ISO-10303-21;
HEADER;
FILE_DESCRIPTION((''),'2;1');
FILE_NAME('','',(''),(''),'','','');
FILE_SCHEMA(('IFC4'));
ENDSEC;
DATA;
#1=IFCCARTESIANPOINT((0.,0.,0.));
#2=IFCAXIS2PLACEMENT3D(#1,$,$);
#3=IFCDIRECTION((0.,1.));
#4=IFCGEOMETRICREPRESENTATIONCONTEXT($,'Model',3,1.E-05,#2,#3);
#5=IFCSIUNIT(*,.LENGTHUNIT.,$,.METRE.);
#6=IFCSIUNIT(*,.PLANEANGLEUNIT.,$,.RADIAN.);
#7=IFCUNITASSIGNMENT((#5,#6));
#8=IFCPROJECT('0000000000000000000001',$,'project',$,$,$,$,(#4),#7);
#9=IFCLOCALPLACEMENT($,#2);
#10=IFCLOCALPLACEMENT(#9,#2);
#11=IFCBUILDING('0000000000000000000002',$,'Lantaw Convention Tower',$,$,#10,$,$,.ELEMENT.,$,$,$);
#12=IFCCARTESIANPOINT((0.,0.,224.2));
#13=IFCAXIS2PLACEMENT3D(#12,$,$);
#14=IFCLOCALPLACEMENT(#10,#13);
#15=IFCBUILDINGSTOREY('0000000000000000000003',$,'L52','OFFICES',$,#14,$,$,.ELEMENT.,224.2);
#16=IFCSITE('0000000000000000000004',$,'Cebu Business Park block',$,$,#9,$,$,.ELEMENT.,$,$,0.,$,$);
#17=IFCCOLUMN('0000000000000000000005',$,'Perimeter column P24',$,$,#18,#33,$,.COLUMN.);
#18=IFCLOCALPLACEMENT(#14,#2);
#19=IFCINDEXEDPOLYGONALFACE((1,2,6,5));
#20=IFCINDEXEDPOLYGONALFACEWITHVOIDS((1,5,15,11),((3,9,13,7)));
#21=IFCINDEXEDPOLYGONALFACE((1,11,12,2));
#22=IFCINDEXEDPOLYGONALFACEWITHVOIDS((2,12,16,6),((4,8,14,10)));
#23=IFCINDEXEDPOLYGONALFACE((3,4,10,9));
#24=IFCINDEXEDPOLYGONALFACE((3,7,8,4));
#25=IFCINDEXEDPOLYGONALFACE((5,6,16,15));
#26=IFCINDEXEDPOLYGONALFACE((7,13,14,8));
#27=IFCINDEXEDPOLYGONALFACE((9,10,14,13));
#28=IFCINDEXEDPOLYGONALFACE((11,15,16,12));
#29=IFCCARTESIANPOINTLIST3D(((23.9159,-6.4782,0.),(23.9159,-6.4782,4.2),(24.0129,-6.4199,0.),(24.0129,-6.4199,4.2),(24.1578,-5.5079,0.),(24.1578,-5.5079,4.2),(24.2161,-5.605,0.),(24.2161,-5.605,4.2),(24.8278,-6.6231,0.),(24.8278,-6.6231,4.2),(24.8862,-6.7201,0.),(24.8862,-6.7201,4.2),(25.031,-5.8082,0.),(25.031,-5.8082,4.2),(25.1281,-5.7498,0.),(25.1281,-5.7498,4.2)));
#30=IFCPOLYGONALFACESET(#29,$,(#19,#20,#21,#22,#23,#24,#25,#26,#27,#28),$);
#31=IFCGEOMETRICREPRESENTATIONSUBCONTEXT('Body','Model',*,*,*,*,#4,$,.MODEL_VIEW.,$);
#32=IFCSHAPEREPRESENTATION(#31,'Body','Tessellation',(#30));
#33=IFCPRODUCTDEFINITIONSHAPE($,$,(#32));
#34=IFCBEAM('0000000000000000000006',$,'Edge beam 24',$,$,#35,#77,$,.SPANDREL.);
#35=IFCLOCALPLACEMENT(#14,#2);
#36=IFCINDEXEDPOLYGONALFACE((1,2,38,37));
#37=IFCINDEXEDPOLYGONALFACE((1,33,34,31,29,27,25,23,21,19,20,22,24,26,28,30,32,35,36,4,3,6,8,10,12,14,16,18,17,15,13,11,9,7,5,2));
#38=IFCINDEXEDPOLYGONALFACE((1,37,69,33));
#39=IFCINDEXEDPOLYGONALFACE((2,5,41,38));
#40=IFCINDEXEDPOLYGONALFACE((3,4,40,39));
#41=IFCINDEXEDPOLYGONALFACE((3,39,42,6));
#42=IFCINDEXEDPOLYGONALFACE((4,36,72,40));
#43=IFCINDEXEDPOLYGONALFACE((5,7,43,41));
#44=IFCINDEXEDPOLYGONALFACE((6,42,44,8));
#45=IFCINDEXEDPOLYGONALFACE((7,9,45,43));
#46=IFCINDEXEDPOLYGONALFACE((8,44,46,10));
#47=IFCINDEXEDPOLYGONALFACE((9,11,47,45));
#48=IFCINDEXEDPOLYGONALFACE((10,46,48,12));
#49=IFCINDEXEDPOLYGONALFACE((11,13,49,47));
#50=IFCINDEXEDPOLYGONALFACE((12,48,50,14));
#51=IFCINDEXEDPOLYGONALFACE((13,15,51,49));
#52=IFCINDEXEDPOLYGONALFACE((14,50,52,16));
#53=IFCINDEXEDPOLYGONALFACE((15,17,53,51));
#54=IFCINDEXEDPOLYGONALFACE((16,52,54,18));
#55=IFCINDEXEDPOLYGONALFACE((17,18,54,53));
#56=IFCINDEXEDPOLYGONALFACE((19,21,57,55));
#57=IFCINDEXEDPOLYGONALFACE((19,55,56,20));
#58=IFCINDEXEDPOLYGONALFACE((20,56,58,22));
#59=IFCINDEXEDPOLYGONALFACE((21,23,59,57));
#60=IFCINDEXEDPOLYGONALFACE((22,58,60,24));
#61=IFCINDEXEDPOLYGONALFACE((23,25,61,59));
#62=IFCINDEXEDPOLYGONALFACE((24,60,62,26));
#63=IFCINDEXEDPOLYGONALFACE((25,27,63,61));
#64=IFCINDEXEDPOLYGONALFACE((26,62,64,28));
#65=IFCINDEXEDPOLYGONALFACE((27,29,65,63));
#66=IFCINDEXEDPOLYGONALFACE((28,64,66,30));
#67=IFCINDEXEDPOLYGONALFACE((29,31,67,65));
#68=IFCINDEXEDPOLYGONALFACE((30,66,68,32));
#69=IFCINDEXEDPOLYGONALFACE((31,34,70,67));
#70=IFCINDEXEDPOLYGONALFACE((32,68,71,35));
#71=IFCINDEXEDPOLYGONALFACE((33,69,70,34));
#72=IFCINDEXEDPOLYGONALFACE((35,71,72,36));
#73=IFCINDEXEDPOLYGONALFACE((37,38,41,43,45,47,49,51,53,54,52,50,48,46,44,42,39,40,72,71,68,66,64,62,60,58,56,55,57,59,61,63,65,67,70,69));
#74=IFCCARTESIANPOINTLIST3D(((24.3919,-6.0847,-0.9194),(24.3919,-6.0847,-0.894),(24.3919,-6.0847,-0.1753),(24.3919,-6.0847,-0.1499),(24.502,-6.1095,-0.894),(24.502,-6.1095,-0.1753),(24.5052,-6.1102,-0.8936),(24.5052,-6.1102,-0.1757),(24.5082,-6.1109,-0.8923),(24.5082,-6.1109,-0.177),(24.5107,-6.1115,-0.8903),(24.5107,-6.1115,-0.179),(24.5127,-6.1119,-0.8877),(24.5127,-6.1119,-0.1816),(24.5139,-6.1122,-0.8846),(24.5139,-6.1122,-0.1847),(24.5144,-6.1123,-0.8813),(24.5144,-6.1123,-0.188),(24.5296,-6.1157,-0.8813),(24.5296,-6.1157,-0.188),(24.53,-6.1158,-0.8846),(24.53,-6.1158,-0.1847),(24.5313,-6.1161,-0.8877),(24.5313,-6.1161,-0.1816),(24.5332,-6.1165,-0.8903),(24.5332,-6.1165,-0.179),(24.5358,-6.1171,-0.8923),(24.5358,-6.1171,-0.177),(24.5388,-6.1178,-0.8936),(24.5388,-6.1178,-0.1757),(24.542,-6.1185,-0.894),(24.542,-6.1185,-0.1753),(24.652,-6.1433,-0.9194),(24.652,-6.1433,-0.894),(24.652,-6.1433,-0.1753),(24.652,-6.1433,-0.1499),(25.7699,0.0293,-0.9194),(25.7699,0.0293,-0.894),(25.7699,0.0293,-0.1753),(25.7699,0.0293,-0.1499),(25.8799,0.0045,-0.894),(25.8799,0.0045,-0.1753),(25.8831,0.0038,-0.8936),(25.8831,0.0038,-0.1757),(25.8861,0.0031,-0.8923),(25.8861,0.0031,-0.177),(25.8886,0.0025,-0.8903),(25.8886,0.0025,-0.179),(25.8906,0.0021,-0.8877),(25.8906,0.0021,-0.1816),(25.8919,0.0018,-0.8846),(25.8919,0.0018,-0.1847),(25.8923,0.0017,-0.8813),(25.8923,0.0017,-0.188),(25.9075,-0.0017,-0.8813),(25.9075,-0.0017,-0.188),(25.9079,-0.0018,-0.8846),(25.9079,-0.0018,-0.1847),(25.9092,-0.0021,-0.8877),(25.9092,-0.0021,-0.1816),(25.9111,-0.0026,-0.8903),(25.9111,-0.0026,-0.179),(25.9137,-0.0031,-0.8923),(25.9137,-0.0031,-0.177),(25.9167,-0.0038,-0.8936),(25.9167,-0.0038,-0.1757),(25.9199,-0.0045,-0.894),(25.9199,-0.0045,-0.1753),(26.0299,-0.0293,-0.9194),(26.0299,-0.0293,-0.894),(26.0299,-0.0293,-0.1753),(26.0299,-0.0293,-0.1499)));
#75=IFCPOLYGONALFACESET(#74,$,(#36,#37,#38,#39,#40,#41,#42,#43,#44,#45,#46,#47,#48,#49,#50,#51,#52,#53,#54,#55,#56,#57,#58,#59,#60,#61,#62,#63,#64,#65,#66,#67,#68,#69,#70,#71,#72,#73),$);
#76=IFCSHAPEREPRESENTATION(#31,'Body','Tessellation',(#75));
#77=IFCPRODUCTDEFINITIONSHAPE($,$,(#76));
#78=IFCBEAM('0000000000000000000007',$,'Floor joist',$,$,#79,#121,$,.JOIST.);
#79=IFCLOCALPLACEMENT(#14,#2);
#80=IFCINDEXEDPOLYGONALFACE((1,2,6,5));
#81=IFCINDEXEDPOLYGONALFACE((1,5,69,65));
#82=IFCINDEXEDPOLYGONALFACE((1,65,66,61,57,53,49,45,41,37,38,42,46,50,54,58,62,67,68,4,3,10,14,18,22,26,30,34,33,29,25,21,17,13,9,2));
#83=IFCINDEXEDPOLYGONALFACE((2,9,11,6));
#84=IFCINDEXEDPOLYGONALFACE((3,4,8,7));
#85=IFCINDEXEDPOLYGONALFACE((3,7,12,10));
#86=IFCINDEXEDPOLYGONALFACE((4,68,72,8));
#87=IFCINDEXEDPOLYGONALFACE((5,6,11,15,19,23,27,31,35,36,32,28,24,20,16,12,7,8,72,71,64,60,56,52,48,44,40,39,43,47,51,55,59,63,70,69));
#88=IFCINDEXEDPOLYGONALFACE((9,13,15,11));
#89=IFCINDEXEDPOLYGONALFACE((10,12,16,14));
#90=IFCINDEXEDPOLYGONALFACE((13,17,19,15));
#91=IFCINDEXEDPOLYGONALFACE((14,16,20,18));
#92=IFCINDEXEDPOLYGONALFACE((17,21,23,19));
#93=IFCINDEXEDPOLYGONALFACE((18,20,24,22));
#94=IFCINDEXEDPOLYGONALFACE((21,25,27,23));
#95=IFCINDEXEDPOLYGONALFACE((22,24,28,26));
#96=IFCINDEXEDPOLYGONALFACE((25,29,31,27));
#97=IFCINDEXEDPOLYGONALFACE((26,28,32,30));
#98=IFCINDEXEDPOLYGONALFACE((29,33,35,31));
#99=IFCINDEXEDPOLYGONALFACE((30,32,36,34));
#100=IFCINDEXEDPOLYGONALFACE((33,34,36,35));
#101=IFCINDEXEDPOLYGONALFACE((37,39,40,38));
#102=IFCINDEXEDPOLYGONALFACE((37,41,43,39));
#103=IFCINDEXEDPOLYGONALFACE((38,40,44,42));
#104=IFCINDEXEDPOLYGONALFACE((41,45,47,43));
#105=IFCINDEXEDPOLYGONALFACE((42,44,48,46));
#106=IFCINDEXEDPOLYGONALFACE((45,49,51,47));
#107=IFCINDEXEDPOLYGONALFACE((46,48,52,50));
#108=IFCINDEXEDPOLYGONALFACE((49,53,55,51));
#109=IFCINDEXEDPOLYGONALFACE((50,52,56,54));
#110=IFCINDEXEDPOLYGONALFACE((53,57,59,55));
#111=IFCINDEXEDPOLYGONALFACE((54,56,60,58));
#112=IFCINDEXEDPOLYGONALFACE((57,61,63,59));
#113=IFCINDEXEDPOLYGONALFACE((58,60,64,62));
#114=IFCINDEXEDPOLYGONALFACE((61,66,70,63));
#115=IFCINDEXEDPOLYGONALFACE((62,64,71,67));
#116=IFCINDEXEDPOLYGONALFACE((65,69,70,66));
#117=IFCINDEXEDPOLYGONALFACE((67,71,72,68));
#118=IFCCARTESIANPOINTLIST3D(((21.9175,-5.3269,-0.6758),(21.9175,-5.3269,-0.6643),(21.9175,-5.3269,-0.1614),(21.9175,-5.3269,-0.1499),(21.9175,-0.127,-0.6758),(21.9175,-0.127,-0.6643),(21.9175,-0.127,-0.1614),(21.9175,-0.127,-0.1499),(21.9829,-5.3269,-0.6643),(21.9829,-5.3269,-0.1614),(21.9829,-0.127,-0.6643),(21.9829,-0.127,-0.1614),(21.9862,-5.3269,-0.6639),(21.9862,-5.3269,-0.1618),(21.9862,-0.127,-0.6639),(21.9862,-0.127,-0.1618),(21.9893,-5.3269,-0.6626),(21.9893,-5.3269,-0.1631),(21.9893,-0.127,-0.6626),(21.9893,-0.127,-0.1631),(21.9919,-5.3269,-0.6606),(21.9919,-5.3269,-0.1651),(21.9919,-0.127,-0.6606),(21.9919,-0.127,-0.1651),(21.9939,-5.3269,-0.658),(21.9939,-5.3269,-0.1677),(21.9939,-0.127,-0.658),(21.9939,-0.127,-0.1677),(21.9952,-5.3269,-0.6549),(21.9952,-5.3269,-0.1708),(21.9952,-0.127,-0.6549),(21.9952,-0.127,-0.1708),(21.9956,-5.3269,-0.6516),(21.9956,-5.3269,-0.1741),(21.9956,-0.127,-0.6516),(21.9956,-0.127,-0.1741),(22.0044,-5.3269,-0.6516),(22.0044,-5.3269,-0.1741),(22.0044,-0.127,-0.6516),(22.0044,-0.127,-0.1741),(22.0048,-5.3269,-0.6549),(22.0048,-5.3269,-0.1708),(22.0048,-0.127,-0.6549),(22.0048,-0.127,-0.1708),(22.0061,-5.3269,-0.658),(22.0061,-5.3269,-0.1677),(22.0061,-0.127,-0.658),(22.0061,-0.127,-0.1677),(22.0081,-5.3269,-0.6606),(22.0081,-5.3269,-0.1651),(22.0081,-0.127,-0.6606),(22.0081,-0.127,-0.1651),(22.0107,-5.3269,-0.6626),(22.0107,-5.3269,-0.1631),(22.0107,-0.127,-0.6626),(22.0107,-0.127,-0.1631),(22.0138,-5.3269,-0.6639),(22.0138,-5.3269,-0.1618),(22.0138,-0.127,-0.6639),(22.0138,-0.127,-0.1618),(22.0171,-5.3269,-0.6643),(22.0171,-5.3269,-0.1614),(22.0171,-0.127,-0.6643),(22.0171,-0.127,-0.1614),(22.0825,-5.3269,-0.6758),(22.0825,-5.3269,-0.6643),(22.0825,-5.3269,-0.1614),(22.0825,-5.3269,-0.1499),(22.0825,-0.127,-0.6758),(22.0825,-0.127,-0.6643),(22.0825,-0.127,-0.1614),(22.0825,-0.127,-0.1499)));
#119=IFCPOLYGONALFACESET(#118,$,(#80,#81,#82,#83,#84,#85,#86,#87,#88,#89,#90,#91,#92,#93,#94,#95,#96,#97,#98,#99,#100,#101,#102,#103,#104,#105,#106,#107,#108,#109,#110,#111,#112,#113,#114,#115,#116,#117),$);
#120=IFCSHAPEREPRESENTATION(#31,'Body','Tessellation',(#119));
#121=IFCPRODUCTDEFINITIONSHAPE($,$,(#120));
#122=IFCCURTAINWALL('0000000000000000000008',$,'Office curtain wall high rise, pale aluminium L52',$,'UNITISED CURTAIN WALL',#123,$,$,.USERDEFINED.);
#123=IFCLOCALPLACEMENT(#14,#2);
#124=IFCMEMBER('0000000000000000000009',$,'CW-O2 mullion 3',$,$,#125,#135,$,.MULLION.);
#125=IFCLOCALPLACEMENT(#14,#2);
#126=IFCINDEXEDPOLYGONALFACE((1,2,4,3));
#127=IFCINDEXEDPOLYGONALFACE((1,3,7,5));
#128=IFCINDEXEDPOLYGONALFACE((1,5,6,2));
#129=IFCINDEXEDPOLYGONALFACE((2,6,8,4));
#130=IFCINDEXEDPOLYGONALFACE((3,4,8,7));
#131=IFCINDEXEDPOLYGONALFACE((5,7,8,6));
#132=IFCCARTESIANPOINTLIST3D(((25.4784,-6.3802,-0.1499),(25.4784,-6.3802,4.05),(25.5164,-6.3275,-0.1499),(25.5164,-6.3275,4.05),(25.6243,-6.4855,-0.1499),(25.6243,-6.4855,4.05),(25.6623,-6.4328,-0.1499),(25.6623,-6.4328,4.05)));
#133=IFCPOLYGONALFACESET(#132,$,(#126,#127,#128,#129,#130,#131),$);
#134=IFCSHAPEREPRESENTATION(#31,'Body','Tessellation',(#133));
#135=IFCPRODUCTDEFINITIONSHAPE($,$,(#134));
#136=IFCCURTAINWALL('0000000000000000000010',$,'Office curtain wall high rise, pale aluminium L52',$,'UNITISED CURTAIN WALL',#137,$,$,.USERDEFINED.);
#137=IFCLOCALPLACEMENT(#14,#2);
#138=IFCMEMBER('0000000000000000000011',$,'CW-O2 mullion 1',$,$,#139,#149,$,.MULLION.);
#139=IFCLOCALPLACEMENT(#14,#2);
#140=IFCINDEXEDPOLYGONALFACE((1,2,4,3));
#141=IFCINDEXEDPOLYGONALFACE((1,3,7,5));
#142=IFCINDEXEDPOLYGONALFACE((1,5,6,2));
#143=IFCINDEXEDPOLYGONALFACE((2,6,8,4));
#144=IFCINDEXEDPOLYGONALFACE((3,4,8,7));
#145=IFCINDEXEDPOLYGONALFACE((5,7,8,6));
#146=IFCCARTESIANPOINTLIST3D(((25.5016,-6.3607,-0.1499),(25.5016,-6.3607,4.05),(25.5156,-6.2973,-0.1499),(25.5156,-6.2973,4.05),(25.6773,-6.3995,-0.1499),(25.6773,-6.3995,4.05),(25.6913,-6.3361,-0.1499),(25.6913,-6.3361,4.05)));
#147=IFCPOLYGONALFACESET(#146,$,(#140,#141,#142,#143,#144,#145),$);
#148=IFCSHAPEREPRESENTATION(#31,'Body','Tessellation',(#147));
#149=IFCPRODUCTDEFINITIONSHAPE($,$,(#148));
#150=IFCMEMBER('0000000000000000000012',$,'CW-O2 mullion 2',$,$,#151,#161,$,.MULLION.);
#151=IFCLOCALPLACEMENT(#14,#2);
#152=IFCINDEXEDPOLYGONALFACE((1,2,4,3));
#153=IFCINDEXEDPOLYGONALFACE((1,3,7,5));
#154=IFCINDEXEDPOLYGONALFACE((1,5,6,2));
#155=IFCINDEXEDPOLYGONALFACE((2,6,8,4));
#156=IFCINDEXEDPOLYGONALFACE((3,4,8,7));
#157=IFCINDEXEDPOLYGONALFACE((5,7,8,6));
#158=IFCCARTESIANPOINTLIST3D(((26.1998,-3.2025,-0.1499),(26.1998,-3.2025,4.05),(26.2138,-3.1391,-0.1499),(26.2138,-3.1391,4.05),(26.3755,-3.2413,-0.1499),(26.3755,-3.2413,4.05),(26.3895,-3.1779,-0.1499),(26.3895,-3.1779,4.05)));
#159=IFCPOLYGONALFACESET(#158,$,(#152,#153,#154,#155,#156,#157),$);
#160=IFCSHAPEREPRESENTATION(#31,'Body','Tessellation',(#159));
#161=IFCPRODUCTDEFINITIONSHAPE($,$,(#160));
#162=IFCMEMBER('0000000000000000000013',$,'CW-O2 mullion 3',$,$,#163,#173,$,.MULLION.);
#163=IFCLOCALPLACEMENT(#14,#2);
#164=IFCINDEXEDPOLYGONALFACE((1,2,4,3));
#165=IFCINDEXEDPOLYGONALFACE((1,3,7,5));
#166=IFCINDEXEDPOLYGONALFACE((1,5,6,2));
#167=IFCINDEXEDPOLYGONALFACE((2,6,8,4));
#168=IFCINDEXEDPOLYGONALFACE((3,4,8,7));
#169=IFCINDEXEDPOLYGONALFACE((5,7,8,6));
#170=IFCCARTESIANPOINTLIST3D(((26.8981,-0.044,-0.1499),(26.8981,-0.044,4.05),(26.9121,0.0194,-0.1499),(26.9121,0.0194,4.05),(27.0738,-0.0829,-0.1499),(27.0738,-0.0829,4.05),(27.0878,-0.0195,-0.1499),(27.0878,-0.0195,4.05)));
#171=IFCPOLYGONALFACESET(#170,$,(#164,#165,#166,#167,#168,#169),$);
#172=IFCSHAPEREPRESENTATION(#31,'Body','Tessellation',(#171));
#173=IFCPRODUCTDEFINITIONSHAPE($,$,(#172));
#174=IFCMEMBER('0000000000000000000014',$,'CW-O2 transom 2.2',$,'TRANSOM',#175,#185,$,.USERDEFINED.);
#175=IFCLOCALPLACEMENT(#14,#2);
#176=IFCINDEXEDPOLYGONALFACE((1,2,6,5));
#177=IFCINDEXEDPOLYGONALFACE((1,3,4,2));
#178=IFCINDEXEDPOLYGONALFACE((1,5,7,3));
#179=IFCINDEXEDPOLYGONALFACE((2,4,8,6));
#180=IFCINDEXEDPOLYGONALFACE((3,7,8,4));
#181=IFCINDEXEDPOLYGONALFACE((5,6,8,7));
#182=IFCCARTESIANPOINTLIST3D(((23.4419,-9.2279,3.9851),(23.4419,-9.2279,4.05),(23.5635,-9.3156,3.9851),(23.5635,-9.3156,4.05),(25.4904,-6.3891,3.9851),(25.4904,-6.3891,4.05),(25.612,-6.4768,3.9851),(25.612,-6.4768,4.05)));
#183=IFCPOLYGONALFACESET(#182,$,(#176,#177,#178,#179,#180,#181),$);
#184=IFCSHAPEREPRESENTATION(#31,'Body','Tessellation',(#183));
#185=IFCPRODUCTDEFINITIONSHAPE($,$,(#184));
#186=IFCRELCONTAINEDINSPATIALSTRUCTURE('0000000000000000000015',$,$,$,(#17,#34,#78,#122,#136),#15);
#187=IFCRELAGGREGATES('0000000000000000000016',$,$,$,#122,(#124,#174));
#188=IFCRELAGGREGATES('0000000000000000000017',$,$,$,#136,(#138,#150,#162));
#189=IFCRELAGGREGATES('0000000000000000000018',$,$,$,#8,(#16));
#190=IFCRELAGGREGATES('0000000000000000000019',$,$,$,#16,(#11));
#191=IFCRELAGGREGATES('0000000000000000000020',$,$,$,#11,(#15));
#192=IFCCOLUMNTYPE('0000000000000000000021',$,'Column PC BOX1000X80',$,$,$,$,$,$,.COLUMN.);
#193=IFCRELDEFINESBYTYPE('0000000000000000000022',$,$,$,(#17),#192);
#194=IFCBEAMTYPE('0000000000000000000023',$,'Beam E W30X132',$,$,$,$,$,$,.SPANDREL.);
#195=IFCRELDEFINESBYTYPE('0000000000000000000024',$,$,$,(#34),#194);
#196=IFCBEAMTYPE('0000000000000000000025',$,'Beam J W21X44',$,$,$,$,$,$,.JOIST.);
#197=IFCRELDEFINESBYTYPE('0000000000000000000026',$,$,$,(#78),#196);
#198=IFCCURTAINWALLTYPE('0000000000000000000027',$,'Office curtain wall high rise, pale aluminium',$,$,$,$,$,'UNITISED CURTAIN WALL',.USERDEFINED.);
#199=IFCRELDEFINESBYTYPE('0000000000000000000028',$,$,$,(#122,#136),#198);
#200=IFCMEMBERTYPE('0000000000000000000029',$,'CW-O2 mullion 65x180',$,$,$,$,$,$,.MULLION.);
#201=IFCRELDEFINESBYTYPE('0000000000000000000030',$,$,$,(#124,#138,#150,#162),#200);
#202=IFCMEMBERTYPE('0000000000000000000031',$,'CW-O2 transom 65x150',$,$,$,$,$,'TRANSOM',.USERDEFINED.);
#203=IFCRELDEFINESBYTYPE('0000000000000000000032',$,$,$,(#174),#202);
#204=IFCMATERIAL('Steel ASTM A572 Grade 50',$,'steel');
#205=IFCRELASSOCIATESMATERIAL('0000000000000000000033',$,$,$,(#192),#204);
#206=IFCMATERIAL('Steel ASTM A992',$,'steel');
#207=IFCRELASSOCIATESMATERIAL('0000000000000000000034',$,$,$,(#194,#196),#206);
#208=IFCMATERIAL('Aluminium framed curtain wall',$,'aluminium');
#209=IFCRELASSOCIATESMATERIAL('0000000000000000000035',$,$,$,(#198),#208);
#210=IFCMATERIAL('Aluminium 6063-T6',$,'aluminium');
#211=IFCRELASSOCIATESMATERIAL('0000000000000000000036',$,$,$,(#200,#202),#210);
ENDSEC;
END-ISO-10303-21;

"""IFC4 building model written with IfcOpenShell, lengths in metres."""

from ifc_helpers import new_model, si_unit, direction, frame, origin, origin_2d, place, context, subcontext, project, spatial, rectangle, hollow_rectangle, i_section, extrude, material, material_profile, profile_set, type_object, element, aggregate, save


model = new_model("IFC4")

# Units and contexts
model_context = context("Model", 3, precision=1e-05, world=origin(), true_north=direction((0.0, 1.0)))
body_context = subcontext(model_context, "Body", "Model", "MODEL_VIEW")
ifc_project = project(units=[si_unit("LENGTHUNIT", "METRE"), si_unit("PLANEANGLEUNIT", "RADIAN")], contexts=[model_context])

# Site, building, storey
site_placement = place(None, origin())
site = spatial("IfcSite", under=ifc_project, at=site_placement, Name="Cebu Business Park block", CompositionType="ELEMENT", RefElevation=0.0)
building_placement = place(site_placement, origin())
building = spatial("IfcBuilding", under=site, at=building_placement, Name="Lantaw Convention Tower", CompositionType="ELEMENT")
storey_placement = place(building_placement, frame((0.0, 0.0, 224.2)))
storey = spatial("IfcBuildingStorey", under=building, at=storey_placement, Name="L52", Description="OFFICES", CompositionType="ELEMENT", Elevation=224.2)

# Column
ifc_material_1 = material(Name="Steel ASTM A572 Grade 50", Category="steel")
ifc_material_profile_1 = material_profile(ifc_material_1, hollow_rectangle(XDim=1.0, YDim=1.0, WallThickness=0.0801, at=origin_2d()), Name="BOX1000X80")
ifc_material_2 = material(Name="Concrete C60/75", Category="concrete")
ifc_material_profile_2 = material_profile(ifc_material_2, rectangle(XDim=0.8401, YDim=0.8401, at=origin_2d()), Name="Concrete fill of BOX1000X80")
ifc_profile_set_1 = profile_set([ifc_material_profile_1, ifc_material_profile_2], Name="Steel ASTM A572 Grade 50")
column_type = type_object("IfcColumnType", Name="Column PC BOX1000X80", PredefinedType="COLUMN", material=ifc_profile_set_1)
column_placement = place(storey_placement, frame((24.522, -6.114, 0.0), z_axis=(0.0, 0.0, 1.0), x_axis=(0.241922, 0.970296, 0.0)))
element("IfcColumn", 1, at=column_placement, inside=storey, type_object=column_type, Name="Perimeter column P24", PredefinedType="COLUMN", context=body_context, shape_type="SweptSolid", body=[
    extrude(hollow_rectangle(XDim=1.0, YDim=1.0, WallThickness=0.0801, at=origin_2d()), origin(), (0.0, 0.0, 1.0), 4.2),
])

# Beams
ifc_material_3 = material(Name="Steel ASTM A992", Category="steel")
ifc_material_profile_3 = material_profile(ifc_material_3, i_section(OverallWidth=0.2666, OverallDepth=0.7695, WebThickness=0.0156, FlangeThickness=0.0254, FilletRadius=0.0127, at=origin_2d()), Name="W30X132")
ifc_profile_set_2 = profile_set([ifc_material_profile_3], Name="Steel ASTM A992")
beam_type_1 = type_object("IfcBeamType", Name="Beam E W30X132", PredefinedType="SPANDREL", material=ifc_profile_set_2)
beam_1_placement = place(storey_placement, frame((24.522, -6.114, -0.5347), z_axis=(0.219858, 0.975532, 0.0), x_axis=(-0.975532, 0.219858, 0.0)))
element("IfcBeam", 2, at=beam_1_placement, inside=storey, type_object=beam_type_1, Name="Edge beam 24", PredefinedType="SPANDREL", context=body_context, shape_type="SweptSolid", body=[
    extrude(i_section(OverallWidth=0.2666, OverallDepth=0.7695, WebThickness=0.0156, FlangeThickness=0.0254, FilletRadius=0.0127, at=origin_2d()), origin(), (0.0, 0.0, 1.0), 6.2673),
])
ifc_material_profile_4 = material_profile(ifc_material_3, i_section(OverallWidth=0.165, OverallDepth=0.5259, WebThickness=0.0088, FlangeThickness=0.0115, FilletRadius=0.0127, at=origin_2d()), Name="W21X44")
ifc_profile_set_3 = profile_set([ifc_material_profile_4], Name="Steel ASTM A992")
beam_type_2 = type_object("IfcBeamType", Name="Beam J W21X44", PredefinedType="JOIST", material=ifc_profile_set_3)
beam_2_placement = place(storey_placement, frame((22.0, -5.3269, -0.4128), z_axis=(0.0, 1.0, 0.0), x_axis=(-1.0, 0.0, 0.0)))
element("IfcBeam", 3, at=beam_2_placement, inside=storey, type_object=beam_type_2, Name="Floor joist", PredefinedType="JOIST", context=body_context, shape_type="SweptSolid", body=[
    extrude(i_section(OverallWidth=0.165, OverallDepth=0.5259, WebThickness=0.0088, FlangeThickness=0.0115, FilletRadius=0.0127, at=origin_2d()), origin(), (0.0, 0.0, 1.0), 5.2),
])

# Curtain wall, member
ifc_material_4 = material(Name="Aluminium framed curtain wall", Category="aluminium")
curtain_wall_type = type_object("IfcCurtainWallType", Name="Office curtain wall high rise, pale aluminium", ElementType="UNITISED CURTAIN WALL", PredefinedType="USERDEFINED", material=ifc_material_4)
curtain_wall_1_placement = place(storey_placement, origin())
curtain_wall_1 = element("IfcCurtainWall", 4, at=curtain_wall_1_placement, inside=storey, type_object=curtain_wall_type, Name="Office curtain wall high rise, pale aluminium L52", ObjectType="UNITISED CURTAIN WALL", PredefinedType="USERDEFINED")
ifc_material_5 = material(Name="Aluminium 6063-T6", Category="aluminium")
ifc_material_profile_5 = material_profile(ifc_material_5, rectangle(XDim=0.1799, YDim=0.0649, at=origin_2d()), Name="CW-O2 mullion 65x180")
ifc_profile_set_4 = profile_set([ifc_material_profile_5], Name="Aluminium 6063-T6")
member_type_1 = type_object("IfcMemberType", Name="CW-O2 mullion 65x180", PredefinedType="MULLION", material=ifc_profile_set_4)
member_1_placement = place(storey_placement, frame((25.5703, -6.4065, -0.1499), z_axis=(0.0, 0.0, 1.0), x_axis=(-0.81092, 0.585158, 0.0)))
member_1 = element("IfcMember", 5, at=member_1_placement, type_object=member_type_1, Name="CW-O2 mullion 3", PredefinedType="MULLION", context=body_context, shape_type="SweptSolid", body=[
    extrude(rectangle(XDim=0.1799, YDim=0.0649, at=origin_2d()), origin(), (0.0, 0.0, 1.0), 4.2),
])

# Curtain wall, members
curtain_wall_2_placement = place(storey_placement, origin())
curtain_wall_2 = element("IfcCurtainWall", 6, at=curtain_wall_2_placement, inside=storey, type_object=curtain_wall_type, Name="Office curtain wall high rise, pale aluminium L52", ObjectType="UNITISED CURTAIN WALL", PredefinedType="USERDEFINED")
member_2_placement = place(storey_placement, frame((25.5964, -6.3484, -0.1499), z_axis=(0.0, 0.0, 1.0), x_axis=(-0.976417, 0.215891, 0.0)))
member_2 = element("IfcMember", 7, at=member_2_placement, type_object=member_type_1, Name="CW-O2 mullion 1", PredefinedType="MULLION", context=body_context, shape_type="SweptSolid", body=[
    extrude(rectangle(XDim=0.1799, YDim=0.0649, at=origin_2d()), origin(), (0.0, 0.0, 1.0), 4.2),
])
member_3_placement = place(storey_placement, frame((26.2947, -3.1902, -0.1499), z_axis=(0.0, 0.0, 1.0), x_axis=(-0.976417, 0.215891, 0.0)))
member_3 = element("IfcMember", 8, at=member_3_placement, type_object=member_type_1, Name="CW-O2 mullion 2", PredefinedType="MULLION", context=body_context, shape_type="SweptSolid", body=[
    extrude(rectangle(XDim=0.1799, YDim=0.0649, at=origin_2d()), origin(), (0.0, 0.0, 1.0), 4.2),
])
member_4_placement = place(storey_placement, frame((26.9929, -0.0317, -0.1499), z_axis=(0.0, 0.0, 1.0), x_axis=(-0.976417, 0.215891, 0.0)))
member_4 = element("IfcMember", 9, at=member_4_placement, type_object=member_type_1, Name="CW-O2 mullion 3", PredefinedType="MULLION", context=body_context, shape_type="SweptSolid", body=[
    extrude(rectangle(XDim=0.1799, YDim=0.0649, at=origin_2d()), origin(), (0.0, 0.0, 1.0), 4.2),
])

# Member
ifc_material_profile_6 = material_profile(ifc_material_5, rectangle(XDim=0.1499, YDim=0.0649, at=origin_2d()), Name="CW-O2 transom 65x150")
ifc_profile_set_5 = profile_set([ifc_material_profile_6], Name="Aluminium 6063-T6")
member_type_2 = type_object("IfcMemberType", Name="CW-O2 transom 65x150", ElementType="TRANSOM", PredefinedType="USERDEFINED", material=ifc_profile_set_5)
member_5_placement = place(storey_placement, frame((23.5027, -9.2717, 4.0176), z_axis=(0.58517, 0.810911, 0.0), x_axis=(-0.810911, 0.58517, 0.0)))
member_5 = element("IfcMember", 10, at=member_5_placement, type_object=member_type_2, Name="CW-O2 transom 2.2", ObjectType="TRANSOM", PredefinedType="USERDEFINED", context=body_context, shape_type="SweptSolid", body=[
    extrude(rectangle(XDim=0.1499, YDim=0.0649, at=origin_2d()), origin(), (0.0, 0.0, 1.0), 3.5007),
])

aggregate(curtain_wall_1, [member_1, member_5])
aggregate(curtain_wall_2, [member_2, member_3, member_4])

save(model, "model.ifc")
